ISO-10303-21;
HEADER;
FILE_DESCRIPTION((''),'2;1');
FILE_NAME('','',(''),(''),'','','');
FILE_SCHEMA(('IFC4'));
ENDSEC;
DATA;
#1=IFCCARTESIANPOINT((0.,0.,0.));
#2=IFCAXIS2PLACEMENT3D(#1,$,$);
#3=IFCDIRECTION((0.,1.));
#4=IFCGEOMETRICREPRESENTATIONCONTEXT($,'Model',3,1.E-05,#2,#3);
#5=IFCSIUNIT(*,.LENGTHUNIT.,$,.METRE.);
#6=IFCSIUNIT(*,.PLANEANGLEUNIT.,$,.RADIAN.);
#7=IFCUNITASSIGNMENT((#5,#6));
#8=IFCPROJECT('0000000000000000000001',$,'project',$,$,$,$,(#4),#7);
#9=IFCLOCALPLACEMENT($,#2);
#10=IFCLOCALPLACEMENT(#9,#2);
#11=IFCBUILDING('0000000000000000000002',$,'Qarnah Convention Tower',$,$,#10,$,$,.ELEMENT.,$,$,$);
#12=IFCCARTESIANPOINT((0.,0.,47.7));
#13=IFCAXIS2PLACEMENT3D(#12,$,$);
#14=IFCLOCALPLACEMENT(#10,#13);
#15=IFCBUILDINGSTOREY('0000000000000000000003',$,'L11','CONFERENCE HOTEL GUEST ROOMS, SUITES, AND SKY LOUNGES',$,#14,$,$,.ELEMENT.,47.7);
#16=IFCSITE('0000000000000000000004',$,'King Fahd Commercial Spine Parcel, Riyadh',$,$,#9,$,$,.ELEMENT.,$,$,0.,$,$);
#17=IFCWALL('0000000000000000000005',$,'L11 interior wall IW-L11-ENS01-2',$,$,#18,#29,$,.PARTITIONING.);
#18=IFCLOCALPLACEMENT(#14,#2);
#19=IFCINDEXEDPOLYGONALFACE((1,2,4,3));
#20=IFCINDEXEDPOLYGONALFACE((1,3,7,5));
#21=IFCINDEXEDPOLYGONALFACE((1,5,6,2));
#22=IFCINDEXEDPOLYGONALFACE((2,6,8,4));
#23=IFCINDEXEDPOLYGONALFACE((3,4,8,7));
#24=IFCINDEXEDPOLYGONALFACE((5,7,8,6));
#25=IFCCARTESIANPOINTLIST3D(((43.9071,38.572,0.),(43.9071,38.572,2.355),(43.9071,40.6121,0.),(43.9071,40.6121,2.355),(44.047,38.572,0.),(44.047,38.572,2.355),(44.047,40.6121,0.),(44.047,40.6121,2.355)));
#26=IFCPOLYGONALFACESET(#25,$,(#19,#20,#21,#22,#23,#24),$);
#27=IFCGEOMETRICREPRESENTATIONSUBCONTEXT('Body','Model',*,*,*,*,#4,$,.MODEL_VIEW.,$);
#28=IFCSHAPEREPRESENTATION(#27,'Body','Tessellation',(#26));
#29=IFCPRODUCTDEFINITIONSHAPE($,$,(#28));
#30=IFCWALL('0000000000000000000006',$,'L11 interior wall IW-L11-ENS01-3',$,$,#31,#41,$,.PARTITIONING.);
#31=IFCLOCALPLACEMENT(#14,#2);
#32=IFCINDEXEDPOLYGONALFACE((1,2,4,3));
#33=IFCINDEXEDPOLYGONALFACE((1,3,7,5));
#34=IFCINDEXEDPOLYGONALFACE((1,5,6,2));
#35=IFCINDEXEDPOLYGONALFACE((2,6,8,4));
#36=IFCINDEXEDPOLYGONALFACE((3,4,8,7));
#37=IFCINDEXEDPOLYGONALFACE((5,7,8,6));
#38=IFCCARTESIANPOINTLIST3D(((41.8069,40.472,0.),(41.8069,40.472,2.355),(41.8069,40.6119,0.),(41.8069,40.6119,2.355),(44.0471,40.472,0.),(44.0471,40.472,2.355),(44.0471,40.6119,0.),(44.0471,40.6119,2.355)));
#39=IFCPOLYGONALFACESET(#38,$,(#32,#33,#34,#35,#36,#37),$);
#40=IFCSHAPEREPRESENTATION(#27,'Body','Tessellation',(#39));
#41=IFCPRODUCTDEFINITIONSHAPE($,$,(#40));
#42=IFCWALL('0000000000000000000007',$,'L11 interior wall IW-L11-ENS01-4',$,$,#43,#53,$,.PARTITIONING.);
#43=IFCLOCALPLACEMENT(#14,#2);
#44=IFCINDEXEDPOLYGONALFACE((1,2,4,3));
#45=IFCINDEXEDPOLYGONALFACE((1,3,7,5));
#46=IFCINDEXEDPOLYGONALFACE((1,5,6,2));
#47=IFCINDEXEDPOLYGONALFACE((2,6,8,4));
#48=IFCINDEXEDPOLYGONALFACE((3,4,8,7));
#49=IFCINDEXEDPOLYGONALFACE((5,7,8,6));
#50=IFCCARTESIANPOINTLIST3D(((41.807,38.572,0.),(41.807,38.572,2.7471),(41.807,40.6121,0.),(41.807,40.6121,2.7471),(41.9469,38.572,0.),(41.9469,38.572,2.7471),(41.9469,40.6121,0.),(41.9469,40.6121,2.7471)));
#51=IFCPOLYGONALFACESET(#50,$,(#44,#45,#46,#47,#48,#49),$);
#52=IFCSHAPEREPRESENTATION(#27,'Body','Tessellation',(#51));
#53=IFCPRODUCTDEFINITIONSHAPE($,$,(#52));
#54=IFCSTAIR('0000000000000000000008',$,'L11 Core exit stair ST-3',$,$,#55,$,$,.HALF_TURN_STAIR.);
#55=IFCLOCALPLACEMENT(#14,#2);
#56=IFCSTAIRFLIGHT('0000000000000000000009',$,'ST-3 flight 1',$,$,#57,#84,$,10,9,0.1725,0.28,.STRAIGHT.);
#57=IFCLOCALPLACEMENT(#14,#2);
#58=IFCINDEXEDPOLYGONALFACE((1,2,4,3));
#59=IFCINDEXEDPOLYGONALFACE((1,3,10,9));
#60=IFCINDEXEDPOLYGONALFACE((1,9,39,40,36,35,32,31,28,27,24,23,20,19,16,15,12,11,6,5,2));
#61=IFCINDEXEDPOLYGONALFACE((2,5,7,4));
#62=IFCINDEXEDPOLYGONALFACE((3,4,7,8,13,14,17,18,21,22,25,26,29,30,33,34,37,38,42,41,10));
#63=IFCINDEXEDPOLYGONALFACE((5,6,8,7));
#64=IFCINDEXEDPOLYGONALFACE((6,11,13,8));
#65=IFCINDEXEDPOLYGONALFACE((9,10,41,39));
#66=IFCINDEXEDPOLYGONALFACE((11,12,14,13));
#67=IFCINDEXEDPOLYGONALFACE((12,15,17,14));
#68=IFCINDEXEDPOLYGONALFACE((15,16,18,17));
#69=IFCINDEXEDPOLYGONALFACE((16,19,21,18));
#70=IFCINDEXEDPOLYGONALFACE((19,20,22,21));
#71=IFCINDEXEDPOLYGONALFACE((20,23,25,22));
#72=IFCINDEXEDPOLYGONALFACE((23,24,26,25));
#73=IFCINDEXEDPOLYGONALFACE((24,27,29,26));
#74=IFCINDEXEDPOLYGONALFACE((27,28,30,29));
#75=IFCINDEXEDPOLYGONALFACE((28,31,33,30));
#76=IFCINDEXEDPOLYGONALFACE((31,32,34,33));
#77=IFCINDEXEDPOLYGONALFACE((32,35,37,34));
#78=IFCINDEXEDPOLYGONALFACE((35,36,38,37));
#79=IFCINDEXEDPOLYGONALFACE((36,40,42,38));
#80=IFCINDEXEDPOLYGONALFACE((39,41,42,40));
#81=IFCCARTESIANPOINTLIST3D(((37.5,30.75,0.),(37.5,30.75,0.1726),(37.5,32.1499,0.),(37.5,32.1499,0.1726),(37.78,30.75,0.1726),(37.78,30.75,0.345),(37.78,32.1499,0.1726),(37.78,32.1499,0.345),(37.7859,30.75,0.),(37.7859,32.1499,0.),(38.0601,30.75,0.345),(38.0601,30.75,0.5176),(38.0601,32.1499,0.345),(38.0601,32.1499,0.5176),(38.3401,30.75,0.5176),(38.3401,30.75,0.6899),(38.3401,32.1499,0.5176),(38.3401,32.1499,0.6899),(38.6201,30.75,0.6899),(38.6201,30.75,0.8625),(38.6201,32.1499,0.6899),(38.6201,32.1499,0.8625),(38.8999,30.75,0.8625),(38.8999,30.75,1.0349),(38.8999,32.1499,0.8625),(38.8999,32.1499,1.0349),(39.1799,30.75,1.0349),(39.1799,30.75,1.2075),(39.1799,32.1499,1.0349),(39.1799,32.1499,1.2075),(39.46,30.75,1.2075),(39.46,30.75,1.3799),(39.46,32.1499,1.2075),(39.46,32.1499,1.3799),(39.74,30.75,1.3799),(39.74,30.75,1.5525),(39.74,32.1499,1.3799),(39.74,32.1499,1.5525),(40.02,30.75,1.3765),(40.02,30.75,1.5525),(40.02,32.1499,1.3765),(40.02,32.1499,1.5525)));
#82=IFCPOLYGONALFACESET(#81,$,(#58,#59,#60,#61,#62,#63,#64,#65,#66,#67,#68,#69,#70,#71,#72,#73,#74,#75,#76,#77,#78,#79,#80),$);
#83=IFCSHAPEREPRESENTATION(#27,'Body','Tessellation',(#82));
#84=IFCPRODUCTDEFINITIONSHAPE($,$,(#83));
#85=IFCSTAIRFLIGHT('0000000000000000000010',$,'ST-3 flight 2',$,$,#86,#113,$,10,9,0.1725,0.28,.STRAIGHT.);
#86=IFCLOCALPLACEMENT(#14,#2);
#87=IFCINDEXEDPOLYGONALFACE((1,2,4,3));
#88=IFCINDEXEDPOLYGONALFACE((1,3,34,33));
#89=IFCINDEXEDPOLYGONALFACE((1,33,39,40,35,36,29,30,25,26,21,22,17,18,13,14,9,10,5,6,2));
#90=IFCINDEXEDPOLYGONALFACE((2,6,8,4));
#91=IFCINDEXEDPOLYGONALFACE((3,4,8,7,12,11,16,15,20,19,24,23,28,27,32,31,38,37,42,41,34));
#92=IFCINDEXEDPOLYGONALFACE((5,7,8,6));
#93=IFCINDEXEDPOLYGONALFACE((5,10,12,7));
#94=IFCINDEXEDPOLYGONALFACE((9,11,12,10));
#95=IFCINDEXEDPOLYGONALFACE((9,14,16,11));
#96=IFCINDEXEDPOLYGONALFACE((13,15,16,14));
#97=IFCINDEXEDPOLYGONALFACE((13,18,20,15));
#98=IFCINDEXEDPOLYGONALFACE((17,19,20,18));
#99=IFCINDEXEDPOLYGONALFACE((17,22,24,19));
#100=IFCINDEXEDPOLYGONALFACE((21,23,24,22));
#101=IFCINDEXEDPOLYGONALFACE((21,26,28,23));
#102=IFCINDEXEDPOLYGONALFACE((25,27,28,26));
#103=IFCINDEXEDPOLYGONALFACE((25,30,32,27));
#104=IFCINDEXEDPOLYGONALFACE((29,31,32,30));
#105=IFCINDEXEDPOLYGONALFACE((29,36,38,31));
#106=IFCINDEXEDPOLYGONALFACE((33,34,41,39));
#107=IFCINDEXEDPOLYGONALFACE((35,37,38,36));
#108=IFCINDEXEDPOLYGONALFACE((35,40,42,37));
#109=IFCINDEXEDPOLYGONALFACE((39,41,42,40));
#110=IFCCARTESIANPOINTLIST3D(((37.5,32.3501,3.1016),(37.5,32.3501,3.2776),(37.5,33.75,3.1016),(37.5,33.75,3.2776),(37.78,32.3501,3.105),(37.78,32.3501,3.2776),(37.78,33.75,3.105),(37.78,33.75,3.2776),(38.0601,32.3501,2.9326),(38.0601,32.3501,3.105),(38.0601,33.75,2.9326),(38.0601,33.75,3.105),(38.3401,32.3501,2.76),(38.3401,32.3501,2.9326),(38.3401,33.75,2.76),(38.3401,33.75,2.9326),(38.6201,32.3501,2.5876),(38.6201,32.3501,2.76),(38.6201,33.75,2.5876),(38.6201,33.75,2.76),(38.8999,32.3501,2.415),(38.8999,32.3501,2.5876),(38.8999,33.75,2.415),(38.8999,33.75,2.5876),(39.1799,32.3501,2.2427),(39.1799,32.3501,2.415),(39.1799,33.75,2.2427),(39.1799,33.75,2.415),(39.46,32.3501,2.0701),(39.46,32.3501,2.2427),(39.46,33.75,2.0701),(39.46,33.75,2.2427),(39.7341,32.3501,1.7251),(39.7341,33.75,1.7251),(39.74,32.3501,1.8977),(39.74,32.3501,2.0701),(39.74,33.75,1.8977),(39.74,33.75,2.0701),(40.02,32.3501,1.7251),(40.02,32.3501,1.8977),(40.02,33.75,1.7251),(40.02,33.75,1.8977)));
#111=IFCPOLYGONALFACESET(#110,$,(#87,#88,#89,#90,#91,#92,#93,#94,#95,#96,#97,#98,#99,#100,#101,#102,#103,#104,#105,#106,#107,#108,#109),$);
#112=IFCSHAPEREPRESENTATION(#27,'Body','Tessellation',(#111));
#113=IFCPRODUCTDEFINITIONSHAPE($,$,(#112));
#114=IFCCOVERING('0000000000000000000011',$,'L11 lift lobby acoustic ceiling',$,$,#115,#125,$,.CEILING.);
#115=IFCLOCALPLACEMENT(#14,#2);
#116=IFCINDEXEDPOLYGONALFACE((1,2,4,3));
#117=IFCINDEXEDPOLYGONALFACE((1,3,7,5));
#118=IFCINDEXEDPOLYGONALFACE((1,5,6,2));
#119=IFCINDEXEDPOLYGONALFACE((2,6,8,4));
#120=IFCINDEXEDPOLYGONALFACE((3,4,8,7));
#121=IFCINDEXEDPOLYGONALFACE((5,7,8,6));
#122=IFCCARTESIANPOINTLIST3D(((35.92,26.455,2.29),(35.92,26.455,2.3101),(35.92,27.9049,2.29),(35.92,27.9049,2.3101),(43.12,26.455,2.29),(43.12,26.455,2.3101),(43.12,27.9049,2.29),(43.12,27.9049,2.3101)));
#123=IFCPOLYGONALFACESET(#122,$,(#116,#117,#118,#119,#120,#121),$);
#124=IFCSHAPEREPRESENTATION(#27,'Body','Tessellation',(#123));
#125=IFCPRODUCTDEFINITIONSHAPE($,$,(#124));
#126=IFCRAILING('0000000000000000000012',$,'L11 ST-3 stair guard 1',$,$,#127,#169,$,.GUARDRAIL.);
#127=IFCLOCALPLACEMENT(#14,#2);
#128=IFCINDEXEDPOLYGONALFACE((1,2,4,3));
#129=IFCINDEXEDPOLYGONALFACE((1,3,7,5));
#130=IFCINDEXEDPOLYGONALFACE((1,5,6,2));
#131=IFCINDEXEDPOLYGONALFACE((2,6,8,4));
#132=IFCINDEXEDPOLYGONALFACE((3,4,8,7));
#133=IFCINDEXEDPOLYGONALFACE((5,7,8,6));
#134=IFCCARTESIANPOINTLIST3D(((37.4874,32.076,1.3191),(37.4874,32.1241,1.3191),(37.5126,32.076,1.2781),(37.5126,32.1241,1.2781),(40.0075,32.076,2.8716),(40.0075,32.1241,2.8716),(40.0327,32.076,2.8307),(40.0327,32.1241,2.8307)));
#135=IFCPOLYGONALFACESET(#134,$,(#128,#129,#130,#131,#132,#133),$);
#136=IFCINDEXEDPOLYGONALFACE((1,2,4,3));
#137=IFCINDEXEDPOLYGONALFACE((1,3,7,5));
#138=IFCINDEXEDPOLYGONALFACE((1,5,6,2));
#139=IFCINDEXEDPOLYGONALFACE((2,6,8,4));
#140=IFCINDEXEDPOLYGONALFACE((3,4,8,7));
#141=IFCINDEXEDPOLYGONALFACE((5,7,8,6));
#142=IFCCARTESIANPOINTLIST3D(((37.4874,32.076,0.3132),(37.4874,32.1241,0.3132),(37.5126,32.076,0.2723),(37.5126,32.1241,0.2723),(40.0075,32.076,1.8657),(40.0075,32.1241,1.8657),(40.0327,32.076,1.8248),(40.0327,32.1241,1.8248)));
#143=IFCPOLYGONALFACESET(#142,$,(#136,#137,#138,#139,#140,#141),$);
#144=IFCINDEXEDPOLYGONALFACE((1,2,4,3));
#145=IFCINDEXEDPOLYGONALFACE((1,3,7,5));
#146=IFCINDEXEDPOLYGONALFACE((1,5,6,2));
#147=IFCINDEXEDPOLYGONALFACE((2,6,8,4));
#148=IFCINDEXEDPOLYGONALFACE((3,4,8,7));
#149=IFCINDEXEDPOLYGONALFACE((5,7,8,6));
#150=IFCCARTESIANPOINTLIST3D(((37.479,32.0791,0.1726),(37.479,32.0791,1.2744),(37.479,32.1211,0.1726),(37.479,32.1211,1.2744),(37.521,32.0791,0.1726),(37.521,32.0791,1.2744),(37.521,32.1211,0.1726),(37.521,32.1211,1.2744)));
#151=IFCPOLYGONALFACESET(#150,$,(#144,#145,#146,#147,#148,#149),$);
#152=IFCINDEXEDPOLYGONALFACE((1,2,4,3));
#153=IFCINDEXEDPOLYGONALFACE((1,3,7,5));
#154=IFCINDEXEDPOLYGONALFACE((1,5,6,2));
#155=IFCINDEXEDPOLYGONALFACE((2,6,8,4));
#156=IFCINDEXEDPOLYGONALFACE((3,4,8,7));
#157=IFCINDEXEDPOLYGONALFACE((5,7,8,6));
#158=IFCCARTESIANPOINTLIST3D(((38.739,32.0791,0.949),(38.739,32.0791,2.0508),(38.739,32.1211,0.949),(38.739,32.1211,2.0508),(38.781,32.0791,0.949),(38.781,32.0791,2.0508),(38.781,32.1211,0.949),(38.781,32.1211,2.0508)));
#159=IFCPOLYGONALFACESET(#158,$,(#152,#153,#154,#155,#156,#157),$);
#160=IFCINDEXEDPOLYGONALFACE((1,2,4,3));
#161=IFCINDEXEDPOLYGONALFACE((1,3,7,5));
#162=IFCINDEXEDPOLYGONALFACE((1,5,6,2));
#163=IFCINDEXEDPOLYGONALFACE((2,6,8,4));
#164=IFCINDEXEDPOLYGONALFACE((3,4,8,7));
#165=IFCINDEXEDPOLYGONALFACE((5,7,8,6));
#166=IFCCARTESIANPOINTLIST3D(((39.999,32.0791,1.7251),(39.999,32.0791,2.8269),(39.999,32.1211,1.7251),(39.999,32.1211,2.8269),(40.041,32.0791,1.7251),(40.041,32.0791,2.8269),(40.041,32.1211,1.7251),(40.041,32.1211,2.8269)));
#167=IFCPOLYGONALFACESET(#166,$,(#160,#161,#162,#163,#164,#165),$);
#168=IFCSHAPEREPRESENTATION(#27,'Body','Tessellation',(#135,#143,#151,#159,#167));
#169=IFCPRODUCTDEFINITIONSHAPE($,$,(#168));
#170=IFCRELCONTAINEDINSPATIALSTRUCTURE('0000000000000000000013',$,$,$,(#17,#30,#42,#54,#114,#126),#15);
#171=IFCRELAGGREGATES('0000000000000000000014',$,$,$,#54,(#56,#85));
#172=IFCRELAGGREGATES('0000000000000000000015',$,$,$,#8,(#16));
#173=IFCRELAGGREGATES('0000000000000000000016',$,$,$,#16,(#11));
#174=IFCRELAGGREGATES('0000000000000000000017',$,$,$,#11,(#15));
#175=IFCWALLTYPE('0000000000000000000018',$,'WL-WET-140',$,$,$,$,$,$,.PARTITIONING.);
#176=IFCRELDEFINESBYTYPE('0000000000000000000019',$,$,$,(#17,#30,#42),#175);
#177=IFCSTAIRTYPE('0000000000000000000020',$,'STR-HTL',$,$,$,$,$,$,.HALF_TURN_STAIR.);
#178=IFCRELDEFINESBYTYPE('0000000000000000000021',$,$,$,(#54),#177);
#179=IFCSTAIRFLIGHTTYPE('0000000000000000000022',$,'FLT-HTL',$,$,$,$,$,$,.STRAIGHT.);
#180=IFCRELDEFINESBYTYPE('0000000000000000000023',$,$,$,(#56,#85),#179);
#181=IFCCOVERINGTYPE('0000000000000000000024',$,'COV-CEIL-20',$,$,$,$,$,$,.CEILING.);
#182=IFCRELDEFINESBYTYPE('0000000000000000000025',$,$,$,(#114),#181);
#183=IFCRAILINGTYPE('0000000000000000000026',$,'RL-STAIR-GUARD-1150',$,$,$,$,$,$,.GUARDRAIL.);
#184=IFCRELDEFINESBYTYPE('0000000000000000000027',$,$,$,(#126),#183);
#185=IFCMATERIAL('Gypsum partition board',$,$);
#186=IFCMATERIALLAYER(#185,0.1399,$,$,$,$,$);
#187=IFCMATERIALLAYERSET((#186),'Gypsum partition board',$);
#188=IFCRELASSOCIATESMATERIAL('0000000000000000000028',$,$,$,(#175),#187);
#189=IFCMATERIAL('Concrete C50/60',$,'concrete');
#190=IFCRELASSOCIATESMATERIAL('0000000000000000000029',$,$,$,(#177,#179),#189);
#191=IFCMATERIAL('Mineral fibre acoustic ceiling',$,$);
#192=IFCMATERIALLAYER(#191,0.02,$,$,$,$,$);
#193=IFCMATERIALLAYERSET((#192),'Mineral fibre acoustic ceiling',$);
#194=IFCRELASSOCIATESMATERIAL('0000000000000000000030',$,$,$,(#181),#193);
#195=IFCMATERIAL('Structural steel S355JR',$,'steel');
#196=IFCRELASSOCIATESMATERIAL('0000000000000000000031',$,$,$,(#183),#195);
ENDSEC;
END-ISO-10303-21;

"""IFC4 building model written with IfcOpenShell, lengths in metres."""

from ifc_helpers import new_model, si_unit, direction, frame, frame_2d, origin, origin_2d, place, context, subcontext, project, spatial, polyline, rectangle, outline, extrude, material, layer, layer_set, type_object, element, aggregate, save


model = new_model("IFC4")

# Units and contexts
model_context = context("Model", 3, precision=1e-05, world=origin(), true_north=direction((0.0, 1.0)))
body_context = subcontext(model_context, "Body", "Model", "MODEL_VIEW")
ifc_project = project(units=[si_unit("LENGTHUNIT", "METRE"), si_unit("PLANEANGLEUNIT", "RADIAN")], contexts=[model_context])

# Site, building, storey
site_placement = place(None, origin())
site = spatial("IfcSite", under=ifc_project, at=site_placement, Name="King Fahd Commercial Spine Parcel, Riyadh", CompositionType="ELEMENT", RefElevation=0.0)
building_placement = place(site_placement, origin())
building = spatial("IfcBuilding", under=site, at=building_placement, Name="Qarnah Convention Tower", CompositionType="ELEMENT")
storey_placement = place(building_placement, frame((0.0, 0.0, 47.7)))
storey = spatial("IfcBuildingStorey", under=building, at=storey_placement, Name="L11", Description="CONFERENCE HOTEL GUEST ROOMS, SUITES, AND SKY LOUNGES", CompositionType="ELEMENT", Elevation=47.7)

# Shared definitions
ifc_material_1 = material(Name="Structural steel S355JR", Category="steel")

# Shared definitions
ifc_material_2 = material(Name="Gypsum partition board")

# Shared definitions
ifc_layer_1 = layer(ifc_material_2, 0.1399)
ifc_layer_set_1 = layer_set([ifc_layer_1], Name="Gypsum partition board")
wall_type_1 = type_object("IfcWallType", Name="WL-WET-140", PredefinedType="PARTITIONING", material=ifc_layer_set_1)

# Walls
wall_1_placement = place(storey_placement, frame((43.9771, 38.572, 0.0), z_axis=(0.0, 0.0, 1.0), x_axis=(0.0, 1.0, 0.0)))
element("IfcWall", 1, at=wall_1_placement, inside=storey, type_object=wall_type_1, Name="L11 interior wall IW-L11-ENS01-2", PredefinedType="PARTITIONING", context=body_context, shape_type="SweptSolid", body=[
    extrude(rectangle(XDim=2.04, YDim=0.1399, at=frame_2d((1.02, 0.0))), origin(), (0.0, 0.0, 1.0), 2.355),
])
wall_2_placement = place(storey_placement, frame((44.0471, 40.542, 0.0), z_axis=(0.0, 0.0, 1.0), x_axis=(-1.0, 0.0, 0.0)))
element("IfcWall", 2, at=wall_2_placement, inside=storey, type_object=wall_type_1, Name="L11 interior wall IW-L11-ENS01-3", PredefinedType="PARTITIONING", context=body_context, shape_type="SweptSolid", body=[
    extrude(rectangle(XDim=2.2402, YDim=0.1399, at=frame_2d((1.1201, 0.0))), origin(), (0.0, 0.0, 1.0), 2.355),
])
wall_3_placement = place(storey_placement, frame((41.877, 40.6121, 0.0), z_axis=(0.0, 0.0, 1.0), x_axis=(0.0, -1.0, 0.0)))
element("IfcWall", 3, at=wall_3_placement, inside=storey, type_object=wall_type_1, Name="L11 interior wall IW-L11-ENS01-4", PredefinedType="PARTITIONING", context=body_context, shape_type="SweptSolid", body=[
    extrude(rectangle(XDim=2.04, YDim=0.1399, at=frame_2d((1.02, 0.0))), origin(), (0.0, 0.0, 1.0), 2.7471),
])

# Stair, stair flights
ifc_material_3 = material(Name="Concrete C50/60", Category="concrete")
stair_type = type_object("IfcStairType", Name="STR-HTL", PredefinedType="HALF_TURN_STAIR", material=ifc_material_3)
stair_placement = place(storey_placement, origin())
stair = element("IfcStair", 4, at=stair_placement, inside=storey, type_object=stair_type, Name="L11 Core exit stair ST-3", PredefinedType="HALF_TURN_STAIR")
stair_flight_type = type_object("IfcStairFlightType", Name="FLT-HTL", PredefinedType="STRAIGHT", material=ifc_material_3)
stair_flight_1_placement = place(storey_placement, frame((37.5, 31.45, 0.0), z_axis=(0.0, 0.0, 1.0), x_axis=(1.0, 0.0, 0.0)))
stair_flight_1 = element("IfcStairFlight", 5, at=stair_flight_1_placement, type_object=stair_flight_type, Name="ST-3 flight 1", NumberOfRisers=10, NumberOfTreads=9, PredefinedType="STRAIGHT", RiserHeight=0.1725, TreadLength=0.28, context=body_context, shape_type="SweptSolid", body=[
    extrude(outline(polyline([(0.0, 0.0), (0.0, 0.1726), (0.28, 0.1726), (0.28, 0.345), (0.5601, 0.345), (0.5601, 0.5176), (0.8401, 0.5176), (0.8401, 0.6899), (1.1201, 0.6899), (1.1201, 0.8625), (1.3999, 0.8625), (1.3999, 1.0349), (1.6799, 1.0349), (1.6799, 1.2075), (1.96, 1.2075), (1.96, 1.3799), (2.24, 1.3799), (2.24, 1.5525), (2.52, 1.5525), (2.52, 1.7251), (2.52, 1.3765), (0.2859, 0.0), (0.0, 0.0)])), frame((0.0, 0.7, 0.0), z_axis=(0.0, -1.0, 0.0), x_axis=(1.0, 0.0, 0.0)), (0.0, 0.0, 1.0), 1.3999),
])
stair_flight_2_placement = place(storey_placement, frame((40.02, 33.05, 1.7251), z_axis=(0.0, 0.0, 1.0), x_axis=(-1.0, 0.0, 0.0)))
stair_flight_2 = element("IfcStairFlight", 6, at=stair_flight_2_placement, type_object=stair_flight_type, Name="ST-3 flight 2", NumberOfRisers=10, NumberOfTreads=9, PredefinedType="STRAIGHT", RiserHeight=0.1725, TreadLength=0.28, context=body_context, shape_type="SweptSolid", body=[
    extrude(outline(polyline([(0.0, 0.0), (0.0, 0.1726), (0.28, 0.1726), (0.28, 0.345), (0.5601, 0.345), (0.5601, 0.5176), (0.8401, 0.5176), (0.8401, 0.6899), (1.1201, 0.6899), (1.1201, 0.8625), (1.3999, 0.8625), (1.3999, 1.0349), (1.6799, 1.0349), (1.6799, 1.2075), (1.96, 1.2075), (1.96, 1.3799), (2.24, 1.3799), (2.24, 1.5525), (2.52, 1.5525), (2.52, 1.7251), (2.52, 1.3765), (0.2859, 0.0), (0.0, 0.0)])), frame((0.0, 0.7, 0.0), z_axis=(0.0, -1.0, 0.0), x_axis=(1.0, 0.0, 0.0)), (0.0, 0.0, 1.0), 1.3999),
])
aggregate(stair, [stair_flight_1, stair_flight_2])

# Covering
ifc_material_4 = material(Name="Mineral fibre acoustic ceiling")
ifc_layer_2 = layer(ifc_material_4, 0.02)
ifc_layer_set_2 = layer_set([ifc_layer_2], Name="Mineral fibre acoustic ceiling")
covering_type = type_object("IfcCoveringType", Name="COV-CEIL-20", PredefinedType="CEILING", material=ifc_layer_set_2)
covering_placement = place(storey_placement, frame((39.52, 27.1799, 2.29), z_axis=(0.0, 0.0, 1.0), x_axis=(1.0, 0.0, 0.0)))
element("IfcCovering", 7, at=covering_placement, inside=storey, type_object=covering_type, Name="L11 lift lobby acoustic ceiling", PredefinedType="CEILING", context=body_context, shape_type="SweptSolid", body=[
    extrude(rectangle(XDim=7.2, YDim=1.45, at=origin_2d()), origin(), (0.0, 0.0, 1.0), 0.02),
])

# Railing
railing_type_1 = type_object("IfcRailingType", Name="RL-STAIR-GUARD-1150", PredefinedType="GUARDRAIL", material=ifc_material_1)
railing_1_placement = place(storey_placement, frame((37.5, 32.1001, 0.1726)))
element("IfcRailing", 8, at=railing_1_placement, inside=storey, type_object=railing_type_1, Name="L11 ST-3 stair guard 1", PredefinedType="GUARDRAIL", context=body_context, shape_type="SweptSolid", body=[
    extrude(rectangle(XDim=0.0481, YDim=0.0481, at=origin_2d()), frame((0.0, 0.0, 1.126), z_axis=(0.8514, 0.0, 0.524516), x_axis=(0.0, 1.0, 0.0)), (0.0, 0.0, 1.0), 2.96),
    extrude(rectangle(XDim=0.0481, YDim=0.0481, at=origin_2d()), frame((0.0, 0.0, 0.1201), z_axis=(0.8514, 0.0, 0.524516), x_axis=(0.0, 1.0, 0.0)), (0.0, 0.0, 1.0), 2.96),
    extrude(rectangle(XDim=0.042, YDim=0.042, at=origin_2d()), origin(), (0.0, 0.0, 1.0), 1.1018),
    extrude(rectangle(XDim=0.042, YDim=0.042, at=origin_2d()), frame((1.26, 0.0, 0.7764)), (0.0, 0.0, 1.0), 1.1018),
    extrude(rectangle(XDim=0.042, YDim=0.042, at=origin_2d()), frame((2.52, 0.0, 1.5525)), (0.0, 0.0, 1.0), 1.1018),
])

save(model, "model.ifc")
